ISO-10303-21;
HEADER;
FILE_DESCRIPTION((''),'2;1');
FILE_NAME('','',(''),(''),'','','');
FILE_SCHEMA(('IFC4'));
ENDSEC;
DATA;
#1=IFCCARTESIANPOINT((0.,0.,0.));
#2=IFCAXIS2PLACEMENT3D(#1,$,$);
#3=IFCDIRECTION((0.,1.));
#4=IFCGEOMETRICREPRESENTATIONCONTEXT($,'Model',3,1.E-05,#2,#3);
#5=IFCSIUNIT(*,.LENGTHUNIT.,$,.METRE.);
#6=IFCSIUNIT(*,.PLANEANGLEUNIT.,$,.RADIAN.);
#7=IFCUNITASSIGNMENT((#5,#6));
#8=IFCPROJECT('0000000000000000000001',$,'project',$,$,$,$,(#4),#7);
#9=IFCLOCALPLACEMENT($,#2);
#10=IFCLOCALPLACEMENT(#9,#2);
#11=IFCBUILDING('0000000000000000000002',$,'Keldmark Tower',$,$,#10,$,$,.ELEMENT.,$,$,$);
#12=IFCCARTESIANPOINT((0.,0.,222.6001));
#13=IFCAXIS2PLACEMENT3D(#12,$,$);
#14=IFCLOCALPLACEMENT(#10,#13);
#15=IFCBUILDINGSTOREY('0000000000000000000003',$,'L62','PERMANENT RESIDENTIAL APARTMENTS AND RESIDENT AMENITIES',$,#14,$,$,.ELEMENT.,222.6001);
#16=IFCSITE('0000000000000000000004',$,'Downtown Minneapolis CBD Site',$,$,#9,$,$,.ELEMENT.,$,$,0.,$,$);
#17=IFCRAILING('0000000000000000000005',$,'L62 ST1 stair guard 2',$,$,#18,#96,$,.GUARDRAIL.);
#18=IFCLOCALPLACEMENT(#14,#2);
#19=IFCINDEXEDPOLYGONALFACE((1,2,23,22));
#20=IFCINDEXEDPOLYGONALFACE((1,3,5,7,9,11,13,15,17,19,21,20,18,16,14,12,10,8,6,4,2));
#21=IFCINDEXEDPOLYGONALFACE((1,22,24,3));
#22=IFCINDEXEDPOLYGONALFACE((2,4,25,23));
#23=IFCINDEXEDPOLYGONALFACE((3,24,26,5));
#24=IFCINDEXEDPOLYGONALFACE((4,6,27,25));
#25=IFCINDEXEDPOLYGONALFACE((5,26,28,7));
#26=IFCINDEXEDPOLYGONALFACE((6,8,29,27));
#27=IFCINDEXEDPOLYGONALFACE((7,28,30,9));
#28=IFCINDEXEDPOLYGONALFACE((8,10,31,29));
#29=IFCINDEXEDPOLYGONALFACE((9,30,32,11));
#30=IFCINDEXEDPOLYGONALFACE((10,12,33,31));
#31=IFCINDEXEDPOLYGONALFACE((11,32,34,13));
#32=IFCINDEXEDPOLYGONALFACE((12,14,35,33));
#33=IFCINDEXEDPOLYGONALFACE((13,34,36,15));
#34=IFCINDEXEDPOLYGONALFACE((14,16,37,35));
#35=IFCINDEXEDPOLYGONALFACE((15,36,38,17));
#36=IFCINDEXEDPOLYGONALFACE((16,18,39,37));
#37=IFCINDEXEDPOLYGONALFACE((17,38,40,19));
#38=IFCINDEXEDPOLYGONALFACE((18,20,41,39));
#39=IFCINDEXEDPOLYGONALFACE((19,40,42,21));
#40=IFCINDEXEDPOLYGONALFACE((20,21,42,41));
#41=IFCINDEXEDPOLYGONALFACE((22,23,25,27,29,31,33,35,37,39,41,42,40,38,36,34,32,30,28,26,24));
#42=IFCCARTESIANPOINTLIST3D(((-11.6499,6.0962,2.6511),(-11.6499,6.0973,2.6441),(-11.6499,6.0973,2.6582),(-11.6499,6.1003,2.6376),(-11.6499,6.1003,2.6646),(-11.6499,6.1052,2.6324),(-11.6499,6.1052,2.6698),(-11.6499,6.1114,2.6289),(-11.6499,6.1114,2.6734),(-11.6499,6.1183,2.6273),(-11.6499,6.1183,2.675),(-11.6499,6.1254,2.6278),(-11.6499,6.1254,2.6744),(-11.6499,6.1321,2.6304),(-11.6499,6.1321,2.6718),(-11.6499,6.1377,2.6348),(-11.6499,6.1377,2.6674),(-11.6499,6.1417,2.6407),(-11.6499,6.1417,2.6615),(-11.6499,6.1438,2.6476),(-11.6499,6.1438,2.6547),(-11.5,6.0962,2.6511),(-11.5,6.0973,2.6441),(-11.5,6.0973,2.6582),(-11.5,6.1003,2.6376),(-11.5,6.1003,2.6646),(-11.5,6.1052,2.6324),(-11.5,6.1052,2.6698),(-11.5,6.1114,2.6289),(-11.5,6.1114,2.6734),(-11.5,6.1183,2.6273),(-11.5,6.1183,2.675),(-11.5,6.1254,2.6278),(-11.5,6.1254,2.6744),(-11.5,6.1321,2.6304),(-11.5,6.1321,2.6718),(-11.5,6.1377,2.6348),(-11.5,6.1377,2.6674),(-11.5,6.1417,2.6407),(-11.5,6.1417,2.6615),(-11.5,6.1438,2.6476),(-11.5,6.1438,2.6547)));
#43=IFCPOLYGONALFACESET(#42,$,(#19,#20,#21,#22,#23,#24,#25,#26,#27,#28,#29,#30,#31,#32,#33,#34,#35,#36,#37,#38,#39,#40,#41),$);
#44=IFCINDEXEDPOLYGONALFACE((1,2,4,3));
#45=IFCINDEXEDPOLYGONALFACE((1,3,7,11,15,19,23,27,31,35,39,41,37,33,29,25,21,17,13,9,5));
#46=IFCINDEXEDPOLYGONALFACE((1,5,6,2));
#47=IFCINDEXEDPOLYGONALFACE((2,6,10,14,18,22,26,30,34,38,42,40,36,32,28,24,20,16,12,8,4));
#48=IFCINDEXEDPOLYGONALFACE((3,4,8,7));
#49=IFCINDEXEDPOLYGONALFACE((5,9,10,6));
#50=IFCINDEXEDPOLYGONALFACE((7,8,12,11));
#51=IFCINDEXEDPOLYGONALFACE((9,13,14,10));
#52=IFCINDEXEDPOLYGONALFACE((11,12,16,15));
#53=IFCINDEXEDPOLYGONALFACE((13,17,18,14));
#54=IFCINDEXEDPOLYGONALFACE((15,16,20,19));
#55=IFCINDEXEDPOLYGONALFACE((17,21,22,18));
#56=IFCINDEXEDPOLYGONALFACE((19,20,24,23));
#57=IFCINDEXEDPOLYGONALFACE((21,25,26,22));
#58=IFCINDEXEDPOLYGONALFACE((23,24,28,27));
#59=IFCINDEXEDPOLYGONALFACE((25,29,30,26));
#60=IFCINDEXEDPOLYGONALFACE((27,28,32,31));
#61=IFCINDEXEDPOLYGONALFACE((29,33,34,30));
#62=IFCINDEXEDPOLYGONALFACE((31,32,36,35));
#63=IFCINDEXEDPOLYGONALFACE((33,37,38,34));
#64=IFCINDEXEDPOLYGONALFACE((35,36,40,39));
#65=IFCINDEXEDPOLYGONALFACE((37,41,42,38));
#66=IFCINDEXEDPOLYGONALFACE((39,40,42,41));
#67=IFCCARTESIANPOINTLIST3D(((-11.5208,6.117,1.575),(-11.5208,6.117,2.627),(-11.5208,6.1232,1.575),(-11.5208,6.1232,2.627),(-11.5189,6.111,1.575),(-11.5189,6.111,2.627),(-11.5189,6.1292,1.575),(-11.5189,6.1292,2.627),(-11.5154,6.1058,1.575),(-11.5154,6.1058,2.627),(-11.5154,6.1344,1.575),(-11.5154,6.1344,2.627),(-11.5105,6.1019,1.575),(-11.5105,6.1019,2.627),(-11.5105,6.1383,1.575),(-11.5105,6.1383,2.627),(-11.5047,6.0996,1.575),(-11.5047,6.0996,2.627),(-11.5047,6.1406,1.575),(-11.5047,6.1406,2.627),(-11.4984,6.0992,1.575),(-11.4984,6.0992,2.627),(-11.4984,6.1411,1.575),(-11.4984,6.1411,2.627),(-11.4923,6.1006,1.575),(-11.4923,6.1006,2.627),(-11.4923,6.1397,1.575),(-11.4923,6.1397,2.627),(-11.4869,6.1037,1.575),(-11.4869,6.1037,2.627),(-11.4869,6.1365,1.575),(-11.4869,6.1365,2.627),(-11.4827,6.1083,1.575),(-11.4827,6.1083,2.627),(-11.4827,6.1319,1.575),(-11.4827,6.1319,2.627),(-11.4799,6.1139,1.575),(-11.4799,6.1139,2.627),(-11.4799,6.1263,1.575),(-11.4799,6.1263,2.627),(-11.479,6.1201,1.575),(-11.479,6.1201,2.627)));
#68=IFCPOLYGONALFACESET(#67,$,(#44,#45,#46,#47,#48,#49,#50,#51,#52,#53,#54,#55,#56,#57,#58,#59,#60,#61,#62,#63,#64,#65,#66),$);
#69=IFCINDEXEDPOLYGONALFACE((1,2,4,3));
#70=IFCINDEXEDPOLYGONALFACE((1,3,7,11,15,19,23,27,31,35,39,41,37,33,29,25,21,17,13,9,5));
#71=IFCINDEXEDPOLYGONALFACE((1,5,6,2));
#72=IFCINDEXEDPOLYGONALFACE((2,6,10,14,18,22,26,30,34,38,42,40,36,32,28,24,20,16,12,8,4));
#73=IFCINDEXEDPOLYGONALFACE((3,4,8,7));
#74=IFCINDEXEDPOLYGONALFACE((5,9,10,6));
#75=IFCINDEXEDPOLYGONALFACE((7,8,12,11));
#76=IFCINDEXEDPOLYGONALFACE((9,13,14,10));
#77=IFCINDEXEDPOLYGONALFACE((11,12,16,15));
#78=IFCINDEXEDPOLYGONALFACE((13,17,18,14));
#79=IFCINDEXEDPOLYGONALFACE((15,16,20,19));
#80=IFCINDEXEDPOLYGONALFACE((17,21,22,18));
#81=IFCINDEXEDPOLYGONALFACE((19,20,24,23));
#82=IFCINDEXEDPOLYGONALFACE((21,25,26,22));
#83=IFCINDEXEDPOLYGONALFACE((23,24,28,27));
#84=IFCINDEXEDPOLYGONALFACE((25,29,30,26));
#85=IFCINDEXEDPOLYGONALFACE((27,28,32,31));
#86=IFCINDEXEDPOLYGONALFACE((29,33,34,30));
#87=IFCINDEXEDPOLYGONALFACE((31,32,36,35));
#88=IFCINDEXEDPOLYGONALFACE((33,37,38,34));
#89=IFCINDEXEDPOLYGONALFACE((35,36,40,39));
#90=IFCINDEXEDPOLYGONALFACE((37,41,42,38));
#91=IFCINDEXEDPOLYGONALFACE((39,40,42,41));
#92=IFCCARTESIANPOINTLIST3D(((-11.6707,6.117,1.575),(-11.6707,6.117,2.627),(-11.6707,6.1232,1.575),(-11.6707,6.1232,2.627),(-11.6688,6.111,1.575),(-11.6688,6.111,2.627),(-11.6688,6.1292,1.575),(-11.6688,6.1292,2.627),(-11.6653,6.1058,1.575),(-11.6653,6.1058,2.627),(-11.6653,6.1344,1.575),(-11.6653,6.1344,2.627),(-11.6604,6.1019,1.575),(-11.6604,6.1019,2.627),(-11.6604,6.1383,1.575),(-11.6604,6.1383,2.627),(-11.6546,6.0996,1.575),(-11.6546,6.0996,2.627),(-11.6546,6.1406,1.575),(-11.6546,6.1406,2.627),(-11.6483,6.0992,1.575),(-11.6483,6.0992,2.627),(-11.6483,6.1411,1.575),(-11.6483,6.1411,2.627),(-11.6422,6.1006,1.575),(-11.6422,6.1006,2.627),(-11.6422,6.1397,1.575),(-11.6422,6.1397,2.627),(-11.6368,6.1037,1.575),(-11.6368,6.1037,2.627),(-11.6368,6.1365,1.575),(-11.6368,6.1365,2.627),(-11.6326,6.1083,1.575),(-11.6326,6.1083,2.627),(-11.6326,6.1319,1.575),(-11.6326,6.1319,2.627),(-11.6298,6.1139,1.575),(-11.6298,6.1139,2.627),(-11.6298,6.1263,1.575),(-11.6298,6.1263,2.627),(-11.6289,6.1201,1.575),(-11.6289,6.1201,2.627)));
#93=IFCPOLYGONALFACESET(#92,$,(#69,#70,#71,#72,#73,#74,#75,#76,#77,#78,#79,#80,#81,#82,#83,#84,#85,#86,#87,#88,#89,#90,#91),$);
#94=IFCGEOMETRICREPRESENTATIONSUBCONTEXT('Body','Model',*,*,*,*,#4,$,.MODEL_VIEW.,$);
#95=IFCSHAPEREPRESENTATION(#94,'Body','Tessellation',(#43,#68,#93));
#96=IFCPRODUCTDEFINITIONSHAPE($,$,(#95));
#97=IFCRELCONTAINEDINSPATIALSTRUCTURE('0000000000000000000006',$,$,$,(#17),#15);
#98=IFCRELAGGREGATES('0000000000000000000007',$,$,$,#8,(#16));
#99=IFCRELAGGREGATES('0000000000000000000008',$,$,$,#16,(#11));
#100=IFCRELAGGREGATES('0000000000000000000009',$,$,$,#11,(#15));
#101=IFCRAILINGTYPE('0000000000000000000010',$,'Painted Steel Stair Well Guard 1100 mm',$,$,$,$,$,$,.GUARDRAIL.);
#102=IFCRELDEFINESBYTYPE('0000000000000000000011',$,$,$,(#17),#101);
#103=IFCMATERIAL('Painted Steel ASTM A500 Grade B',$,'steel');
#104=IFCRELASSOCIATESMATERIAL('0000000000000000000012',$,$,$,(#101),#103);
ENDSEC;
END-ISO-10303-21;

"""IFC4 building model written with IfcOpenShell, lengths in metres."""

from ifc_helpers import new_model, si_unit, direction, frame, origin, origin_2d, place, context, subcontext, project, spatial, circle, extrude, material, type_object, element, save


model = new_model("IFC4")

# Units and contexts
model_context = context("Model", 3, precision=1e-05, world=origin(), true_north=direction((0.0, 1.0)))
body_context = subcontext(model_context, "Body", "Model", "MODEL_VIEW")
ifc_project = project(units=[si_unit("LENGTHUNIT", "METRE"), si_unit("PLANEANGLEUNIT", "RADIAN")], contexts=[model_context])

# Site, building, storey
site_placement = place(None, origin())
site = spatial("IfcSite", under=ifc_project, at=site_placement, Name="Downtown Minneapolis CBD Site", CompositionType="ELEMENT", RefElevation=0.0)
building_placement = place(site_placement, origin())
building = spatial("IfcBuilding", under=site, at=building_placement, Name="Keldmark Tower", CompositionType="ELEMENT")
storey_placement = place(building_placement, frame((0.0, 0.0, 222.6001)))
storey = spatial("IfcBuildingStorey", under=building, at=storey_placement, Name="L62", Description="PERMANENT RESIDENTIAL APARTMENTS AND RESIDENT AMENITIES", CompositionType="ELEMENT", Elevation=222.6001)

# Railing
ifc_material_1 = material(Name="Painted Steel ASTM A500 Grade B", Category="steel")
railing_type_1 = type_object("IfcRailingType", Name="Painted Steel Stair Well Guard 1100 mm", PredefinedType="GUARDRAIL", material=ifc_material_1)
railing_1_placement = place(storey_placement, frame((-11.5, 6.1201, 1.575)))
element("IfcRailing", 1, at=railing_1_placement, inside=storey, type_object=railing_type_1, Name="L62 ST1 stair guard 2", PredefinedType="GUARDRAIL", context=body_context, shape_type="SweptSolid", body=[
    extrude(circle(Radius=0.0239, at=origin_2d()), frame((0.0, 0.0, 1.0762), z_axis=(-1.0, 0.0, 0.0), x_axis=(0.0, -1.0, 0.0)), (0.0, 0.0, 1.0), 0.1499),
    extrude(circle(Radius=0.021, at=origin_2d()), origin(), (0.0, 0.0, 1.0), 1.052),
    extrude(circle(Radius=0.021, at=origin_2d()), frame((-0.1499, 0.0, 0.0)), (0.0, 0.0, 1.0), 1.052),
])

save(model, "model.ifc")
